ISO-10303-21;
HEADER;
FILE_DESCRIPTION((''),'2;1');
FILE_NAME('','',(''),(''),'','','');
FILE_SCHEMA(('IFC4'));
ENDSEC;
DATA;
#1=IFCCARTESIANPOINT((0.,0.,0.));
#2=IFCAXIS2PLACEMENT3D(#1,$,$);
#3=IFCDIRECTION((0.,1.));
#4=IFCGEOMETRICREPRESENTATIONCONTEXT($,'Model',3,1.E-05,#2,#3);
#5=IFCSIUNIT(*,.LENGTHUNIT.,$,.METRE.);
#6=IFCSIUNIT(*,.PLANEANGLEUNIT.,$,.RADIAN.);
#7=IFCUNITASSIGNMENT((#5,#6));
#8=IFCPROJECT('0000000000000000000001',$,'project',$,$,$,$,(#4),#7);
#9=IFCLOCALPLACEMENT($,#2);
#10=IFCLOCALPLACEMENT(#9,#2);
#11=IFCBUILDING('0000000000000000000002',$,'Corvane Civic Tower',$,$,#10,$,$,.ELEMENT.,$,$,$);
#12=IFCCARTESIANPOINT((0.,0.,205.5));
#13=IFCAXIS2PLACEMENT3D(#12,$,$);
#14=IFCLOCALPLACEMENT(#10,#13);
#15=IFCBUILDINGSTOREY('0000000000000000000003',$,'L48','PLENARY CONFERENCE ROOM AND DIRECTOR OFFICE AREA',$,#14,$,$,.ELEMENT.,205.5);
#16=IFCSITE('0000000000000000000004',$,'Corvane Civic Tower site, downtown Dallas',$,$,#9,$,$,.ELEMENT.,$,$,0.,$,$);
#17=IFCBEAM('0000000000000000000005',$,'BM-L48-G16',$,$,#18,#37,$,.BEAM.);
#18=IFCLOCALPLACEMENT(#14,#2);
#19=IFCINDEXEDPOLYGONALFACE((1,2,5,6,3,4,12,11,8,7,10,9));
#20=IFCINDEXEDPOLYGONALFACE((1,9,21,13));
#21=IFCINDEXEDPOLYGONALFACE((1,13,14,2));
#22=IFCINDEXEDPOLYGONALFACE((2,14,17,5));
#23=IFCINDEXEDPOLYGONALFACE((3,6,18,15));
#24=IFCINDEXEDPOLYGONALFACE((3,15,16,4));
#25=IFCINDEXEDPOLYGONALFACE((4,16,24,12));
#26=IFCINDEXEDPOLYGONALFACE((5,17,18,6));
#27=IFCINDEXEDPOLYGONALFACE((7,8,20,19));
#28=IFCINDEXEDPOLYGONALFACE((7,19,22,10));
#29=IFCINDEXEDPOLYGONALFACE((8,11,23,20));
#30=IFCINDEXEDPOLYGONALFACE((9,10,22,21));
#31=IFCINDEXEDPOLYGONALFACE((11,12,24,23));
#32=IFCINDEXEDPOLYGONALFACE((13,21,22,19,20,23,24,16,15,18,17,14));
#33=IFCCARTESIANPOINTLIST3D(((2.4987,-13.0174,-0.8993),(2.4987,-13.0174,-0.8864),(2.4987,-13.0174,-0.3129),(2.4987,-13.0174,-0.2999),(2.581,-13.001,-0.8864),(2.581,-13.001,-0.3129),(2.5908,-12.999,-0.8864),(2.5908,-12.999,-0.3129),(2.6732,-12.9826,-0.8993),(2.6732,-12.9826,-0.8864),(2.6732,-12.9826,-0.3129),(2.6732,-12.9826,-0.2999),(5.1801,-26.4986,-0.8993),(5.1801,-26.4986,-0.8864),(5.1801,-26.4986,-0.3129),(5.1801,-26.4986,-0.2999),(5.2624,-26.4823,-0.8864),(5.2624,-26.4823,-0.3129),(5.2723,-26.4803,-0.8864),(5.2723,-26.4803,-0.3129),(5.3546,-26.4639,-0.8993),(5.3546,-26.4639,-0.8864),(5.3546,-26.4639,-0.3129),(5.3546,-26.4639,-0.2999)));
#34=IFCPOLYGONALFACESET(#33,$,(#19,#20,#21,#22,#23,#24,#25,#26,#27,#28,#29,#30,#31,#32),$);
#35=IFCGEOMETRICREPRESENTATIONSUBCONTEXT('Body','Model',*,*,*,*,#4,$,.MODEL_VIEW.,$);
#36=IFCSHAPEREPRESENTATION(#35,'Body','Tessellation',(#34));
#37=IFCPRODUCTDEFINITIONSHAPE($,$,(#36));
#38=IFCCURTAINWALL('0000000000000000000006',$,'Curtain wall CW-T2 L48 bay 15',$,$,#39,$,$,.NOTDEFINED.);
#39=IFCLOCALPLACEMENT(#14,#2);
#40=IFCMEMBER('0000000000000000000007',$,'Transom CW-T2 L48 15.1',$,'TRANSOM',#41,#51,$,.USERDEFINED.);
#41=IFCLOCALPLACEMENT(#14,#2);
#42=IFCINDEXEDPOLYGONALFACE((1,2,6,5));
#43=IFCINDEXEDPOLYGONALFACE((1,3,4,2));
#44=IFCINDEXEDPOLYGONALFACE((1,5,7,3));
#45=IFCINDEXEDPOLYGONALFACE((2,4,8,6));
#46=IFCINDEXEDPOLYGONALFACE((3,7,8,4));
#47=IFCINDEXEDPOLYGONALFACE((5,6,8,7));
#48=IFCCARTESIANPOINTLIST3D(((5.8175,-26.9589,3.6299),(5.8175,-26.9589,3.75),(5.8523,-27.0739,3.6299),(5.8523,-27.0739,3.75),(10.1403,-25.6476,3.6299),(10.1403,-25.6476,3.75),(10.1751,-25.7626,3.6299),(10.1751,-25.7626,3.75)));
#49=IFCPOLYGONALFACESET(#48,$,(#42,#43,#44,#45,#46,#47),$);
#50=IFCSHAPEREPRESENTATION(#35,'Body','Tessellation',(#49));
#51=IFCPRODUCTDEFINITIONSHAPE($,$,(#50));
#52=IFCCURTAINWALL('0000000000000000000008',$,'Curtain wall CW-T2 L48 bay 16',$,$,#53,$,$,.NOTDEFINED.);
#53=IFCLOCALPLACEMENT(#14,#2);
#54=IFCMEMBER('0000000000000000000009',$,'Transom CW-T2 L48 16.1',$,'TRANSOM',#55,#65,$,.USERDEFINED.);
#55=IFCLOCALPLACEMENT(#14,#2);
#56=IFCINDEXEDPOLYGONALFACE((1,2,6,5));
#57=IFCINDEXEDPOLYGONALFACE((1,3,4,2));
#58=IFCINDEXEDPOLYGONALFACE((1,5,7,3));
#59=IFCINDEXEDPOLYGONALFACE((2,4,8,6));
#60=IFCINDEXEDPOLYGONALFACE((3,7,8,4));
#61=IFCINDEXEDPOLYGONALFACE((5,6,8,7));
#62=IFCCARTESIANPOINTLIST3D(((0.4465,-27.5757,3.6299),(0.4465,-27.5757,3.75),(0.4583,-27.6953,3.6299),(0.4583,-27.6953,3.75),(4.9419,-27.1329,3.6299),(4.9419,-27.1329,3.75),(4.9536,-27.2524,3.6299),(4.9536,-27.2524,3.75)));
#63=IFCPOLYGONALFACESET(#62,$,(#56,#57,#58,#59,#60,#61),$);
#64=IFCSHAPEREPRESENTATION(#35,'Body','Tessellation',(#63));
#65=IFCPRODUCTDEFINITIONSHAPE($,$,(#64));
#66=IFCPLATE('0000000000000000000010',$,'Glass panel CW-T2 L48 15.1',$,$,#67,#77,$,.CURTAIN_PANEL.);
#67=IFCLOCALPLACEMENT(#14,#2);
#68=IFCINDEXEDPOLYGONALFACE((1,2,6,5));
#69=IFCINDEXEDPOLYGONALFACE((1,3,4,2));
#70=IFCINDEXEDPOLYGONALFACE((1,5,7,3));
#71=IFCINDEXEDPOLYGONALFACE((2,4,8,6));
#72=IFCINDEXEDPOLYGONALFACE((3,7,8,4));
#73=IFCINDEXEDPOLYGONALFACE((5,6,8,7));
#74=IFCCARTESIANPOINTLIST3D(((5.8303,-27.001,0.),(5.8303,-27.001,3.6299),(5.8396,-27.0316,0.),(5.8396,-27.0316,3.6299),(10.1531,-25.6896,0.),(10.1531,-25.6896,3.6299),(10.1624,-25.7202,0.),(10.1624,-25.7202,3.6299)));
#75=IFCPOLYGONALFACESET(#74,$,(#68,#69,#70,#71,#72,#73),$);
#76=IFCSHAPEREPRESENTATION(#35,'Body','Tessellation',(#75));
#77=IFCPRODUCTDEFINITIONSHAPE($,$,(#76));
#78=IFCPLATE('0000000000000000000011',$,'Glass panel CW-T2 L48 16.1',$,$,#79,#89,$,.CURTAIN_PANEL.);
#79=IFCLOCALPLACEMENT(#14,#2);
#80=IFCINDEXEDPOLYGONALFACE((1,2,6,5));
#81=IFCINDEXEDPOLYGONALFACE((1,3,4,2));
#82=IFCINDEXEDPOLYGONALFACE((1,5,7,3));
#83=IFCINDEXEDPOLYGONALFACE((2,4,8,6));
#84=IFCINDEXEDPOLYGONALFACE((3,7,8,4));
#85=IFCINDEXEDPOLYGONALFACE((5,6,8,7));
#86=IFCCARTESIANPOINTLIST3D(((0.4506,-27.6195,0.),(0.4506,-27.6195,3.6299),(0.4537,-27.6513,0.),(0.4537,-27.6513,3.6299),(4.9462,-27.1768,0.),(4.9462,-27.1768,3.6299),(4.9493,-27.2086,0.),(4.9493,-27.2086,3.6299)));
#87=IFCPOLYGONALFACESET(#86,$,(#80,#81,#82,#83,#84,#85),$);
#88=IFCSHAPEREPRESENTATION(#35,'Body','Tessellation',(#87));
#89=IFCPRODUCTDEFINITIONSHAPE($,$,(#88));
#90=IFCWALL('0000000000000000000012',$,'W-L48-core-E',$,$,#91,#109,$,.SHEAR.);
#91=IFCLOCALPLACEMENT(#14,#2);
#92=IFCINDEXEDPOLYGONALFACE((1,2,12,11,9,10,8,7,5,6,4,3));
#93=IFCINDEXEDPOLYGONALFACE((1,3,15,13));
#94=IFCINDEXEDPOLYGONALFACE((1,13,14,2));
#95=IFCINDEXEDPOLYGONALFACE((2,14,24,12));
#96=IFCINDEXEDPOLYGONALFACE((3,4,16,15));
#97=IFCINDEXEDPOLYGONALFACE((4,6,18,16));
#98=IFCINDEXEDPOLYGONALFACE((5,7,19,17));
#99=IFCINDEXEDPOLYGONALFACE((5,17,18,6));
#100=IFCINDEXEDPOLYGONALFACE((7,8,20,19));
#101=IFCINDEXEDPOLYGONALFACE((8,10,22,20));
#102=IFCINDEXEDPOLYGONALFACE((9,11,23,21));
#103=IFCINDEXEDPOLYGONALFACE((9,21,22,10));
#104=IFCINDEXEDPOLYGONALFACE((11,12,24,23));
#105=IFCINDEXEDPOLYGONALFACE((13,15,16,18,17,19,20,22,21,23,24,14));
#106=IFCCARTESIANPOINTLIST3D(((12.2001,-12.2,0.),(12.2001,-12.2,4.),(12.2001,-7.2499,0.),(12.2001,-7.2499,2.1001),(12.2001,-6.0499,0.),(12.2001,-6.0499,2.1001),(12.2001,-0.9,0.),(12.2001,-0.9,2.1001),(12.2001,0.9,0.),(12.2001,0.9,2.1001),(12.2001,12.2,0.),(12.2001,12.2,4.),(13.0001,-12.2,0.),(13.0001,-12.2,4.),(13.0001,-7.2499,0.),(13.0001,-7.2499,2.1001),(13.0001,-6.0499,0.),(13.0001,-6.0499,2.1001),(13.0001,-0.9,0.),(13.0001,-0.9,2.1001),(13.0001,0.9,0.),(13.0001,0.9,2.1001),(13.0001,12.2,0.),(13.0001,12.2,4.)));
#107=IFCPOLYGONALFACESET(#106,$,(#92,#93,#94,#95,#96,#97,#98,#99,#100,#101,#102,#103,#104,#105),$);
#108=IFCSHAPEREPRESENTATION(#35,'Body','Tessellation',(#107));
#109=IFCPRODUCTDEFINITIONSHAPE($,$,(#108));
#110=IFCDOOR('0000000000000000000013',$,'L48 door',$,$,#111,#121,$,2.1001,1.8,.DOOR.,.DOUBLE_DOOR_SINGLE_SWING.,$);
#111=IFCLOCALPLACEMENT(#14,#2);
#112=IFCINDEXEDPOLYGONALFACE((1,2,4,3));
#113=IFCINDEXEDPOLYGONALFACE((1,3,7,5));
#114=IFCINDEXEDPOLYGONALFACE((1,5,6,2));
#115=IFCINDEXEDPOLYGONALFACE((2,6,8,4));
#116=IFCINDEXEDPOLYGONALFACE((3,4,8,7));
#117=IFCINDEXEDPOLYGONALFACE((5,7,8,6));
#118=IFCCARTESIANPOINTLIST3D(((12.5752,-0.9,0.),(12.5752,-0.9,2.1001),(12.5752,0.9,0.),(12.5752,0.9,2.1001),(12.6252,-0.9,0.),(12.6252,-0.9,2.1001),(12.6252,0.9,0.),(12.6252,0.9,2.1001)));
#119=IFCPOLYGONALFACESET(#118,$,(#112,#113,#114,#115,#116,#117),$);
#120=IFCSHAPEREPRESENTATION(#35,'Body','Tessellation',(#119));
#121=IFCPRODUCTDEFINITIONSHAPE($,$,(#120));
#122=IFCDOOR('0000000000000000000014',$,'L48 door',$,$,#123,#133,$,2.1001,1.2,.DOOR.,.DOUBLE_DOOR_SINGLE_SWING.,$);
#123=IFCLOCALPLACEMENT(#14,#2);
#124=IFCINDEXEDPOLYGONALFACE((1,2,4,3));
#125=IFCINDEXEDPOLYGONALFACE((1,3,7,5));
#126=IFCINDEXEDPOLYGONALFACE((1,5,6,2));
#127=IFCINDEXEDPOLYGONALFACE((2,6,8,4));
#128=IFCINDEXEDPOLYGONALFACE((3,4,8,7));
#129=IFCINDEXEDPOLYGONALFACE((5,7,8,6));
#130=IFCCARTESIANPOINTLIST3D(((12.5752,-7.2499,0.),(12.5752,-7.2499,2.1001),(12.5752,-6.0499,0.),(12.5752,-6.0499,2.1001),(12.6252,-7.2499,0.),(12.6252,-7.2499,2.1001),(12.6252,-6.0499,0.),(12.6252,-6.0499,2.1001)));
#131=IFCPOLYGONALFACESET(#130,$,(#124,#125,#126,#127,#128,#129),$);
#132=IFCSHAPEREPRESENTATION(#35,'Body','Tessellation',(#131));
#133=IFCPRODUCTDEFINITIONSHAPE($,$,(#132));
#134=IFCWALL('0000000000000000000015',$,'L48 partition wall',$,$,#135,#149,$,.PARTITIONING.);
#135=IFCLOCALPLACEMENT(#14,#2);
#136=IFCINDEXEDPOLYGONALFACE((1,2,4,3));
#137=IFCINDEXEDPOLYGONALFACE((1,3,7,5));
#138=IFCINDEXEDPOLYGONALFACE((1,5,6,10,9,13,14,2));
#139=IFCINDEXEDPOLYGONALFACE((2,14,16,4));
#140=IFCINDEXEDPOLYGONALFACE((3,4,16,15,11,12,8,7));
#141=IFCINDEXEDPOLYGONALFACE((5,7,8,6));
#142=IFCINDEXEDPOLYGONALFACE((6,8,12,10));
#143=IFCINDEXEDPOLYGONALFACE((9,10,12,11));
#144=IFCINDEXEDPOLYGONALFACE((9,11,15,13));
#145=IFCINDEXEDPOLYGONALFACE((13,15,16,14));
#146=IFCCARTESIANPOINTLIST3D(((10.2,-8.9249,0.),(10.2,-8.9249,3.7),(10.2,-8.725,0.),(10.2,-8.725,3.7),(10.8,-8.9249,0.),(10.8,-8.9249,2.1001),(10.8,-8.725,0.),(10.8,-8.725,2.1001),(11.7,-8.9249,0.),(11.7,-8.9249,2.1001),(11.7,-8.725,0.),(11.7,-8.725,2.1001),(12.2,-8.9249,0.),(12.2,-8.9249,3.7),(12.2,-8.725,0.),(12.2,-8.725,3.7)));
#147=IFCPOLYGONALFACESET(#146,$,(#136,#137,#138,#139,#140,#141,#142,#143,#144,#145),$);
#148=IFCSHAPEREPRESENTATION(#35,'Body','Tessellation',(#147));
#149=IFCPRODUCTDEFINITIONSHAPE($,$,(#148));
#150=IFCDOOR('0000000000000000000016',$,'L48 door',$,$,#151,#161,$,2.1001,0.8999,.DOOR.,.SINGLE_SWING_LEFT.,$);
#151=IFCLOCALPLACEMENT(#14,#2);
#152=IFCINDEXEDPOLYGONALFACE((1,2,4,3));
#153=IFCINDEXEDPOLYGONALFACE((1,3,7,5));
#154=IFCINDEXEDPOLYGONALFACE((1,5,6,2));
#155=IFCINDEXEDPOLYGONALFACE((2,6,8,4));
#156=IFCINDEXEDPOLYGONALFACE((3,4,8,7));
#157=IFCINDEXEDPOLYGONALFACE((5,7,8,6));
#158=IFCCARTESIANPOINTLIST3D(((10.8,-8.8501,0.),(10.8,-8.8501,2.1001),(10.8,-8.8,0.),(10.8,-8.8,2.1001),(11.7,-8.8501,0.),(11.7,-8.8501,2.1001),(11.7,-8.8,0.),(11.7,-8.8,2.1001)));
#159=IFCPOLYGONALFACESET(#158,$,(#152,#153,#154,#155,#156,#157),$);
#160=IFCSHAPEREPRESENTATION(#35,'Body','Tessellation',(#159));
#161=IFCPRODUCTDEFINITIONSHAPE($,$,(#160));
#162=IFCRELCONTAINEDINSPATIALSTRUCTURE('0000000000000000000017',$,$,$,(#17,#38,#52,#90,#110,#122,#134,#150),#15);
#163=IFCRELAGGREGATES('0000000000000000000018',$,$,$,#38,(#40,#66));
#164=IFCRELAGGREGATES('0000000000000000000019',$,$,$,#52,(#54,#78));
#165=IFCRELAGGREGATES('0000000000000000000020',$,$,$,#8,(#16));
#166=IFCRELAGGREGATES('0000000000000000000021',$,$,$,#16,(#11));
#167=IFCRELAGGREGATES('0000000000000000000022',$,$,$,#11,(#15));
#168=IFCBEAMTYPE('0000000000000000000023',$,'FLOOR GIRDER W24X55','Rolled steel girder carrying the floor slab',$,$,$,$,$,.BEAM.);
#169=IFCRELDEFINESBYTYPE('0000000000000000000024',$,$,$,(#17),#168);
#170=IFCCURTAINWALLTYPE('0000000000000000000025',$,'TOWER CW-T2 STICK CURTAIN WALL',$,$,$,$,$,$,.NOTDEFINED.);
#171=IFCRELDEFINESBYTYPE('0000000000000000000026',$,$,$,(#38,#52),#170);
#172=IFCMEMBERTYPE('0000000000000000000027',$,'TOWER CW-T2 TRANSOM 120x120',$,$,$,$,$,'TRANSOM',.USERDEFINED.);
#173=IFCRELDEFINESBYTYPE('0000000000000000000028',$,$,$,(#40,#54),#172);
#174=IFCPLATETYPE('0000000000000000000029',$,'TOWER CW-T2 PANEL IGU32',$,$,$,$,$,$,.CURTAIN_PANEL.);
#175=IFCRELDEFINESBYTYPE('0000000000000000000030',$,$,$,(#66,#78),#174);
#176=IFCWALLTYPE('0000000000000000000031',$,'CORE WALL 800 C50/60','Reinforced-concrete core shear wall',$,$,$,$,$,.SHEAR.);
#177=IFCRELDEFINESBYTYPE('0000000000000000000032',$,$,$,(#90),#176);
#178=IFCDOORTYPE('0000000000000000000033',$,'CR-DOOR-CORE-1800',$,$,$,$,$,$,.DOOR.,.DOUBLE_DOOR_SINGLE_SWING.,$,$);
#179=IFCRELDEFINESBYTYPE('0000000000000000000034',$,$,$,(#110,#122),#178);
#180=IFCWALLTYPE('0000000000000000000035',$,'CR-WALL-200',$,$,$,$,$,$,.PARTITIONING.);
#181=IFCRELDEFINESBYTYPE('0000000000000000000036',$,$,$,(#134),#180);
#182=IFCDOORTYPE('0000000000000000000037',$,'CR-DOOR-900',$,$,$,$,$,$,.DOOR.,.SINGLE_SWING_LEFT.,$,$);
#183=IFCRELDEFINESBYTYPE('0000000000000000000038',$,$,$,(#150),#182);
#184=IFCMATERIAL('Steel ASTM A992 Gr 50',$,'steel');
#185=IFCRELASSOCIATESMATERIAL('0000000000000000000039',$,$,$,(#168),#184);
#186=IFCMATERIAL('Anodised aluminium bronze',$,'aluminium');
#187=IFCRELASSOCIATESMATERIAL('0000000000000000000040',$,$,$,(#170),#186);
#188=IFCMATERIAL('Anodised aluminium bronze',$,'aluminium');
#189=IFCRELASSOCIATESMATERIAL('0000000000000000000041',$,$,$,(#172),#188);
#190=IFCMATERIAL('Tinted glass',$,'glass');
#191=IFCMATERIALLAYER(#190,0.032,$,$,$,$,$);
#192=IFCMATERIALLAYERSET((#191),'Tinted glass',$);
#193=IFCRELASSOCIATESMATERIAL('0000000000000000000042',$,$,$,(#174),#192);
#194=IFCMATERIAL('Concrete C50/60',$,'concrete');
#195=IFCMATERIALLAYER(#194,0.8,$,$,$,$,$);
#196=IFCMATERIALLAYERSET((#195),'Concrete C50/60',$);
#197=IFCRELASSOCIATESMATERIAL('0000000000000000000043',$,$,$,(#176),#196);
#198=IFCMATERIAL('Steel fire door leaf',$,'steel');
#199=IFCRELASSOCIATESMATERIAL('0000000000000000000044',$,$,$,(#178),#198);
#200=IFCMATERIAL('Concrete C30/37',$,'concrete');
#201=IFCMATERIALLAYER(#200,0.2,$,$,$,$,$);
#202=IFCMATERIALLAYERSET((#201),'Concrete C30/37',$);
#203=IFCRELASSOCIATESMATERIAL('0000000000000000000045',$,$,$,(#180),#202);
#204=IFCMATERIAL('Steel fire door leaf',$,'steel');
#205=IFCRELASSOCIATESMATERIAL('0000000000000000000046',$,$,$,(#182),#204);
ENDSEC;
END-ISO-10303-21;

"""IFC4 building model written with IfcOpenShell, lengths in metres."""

from ifc_helpers import new_model, si_unit, direction, frame, frame_2d, origin, origin_2d, place, context, subcontext, project, spatial, rectangle, i_section, extrude, material, layer, layer_set, material_profile, profile_set, type_object, element, fill, aggregate, save


model = new_model("IFC4")

# Units and contexts
model_context = context("Model", 3, precision=1e-05, world=origin(), true_north=direction((0.0, 1.0)))
body_context = subcontext(model_context, "Body", "Model", "MODEL_VIEW")
ifc_project = project(units=[si_unit("LENGTHUNIT", "METRE"), si_unit("PLANEANGLEUNIT", "RADIAN")], contexts=[model_context])

# Site, building, storey
site_placement = place(None, origin())
site = spatial("IfcSite", under=ifc_project, at=site_placement, Name="Corvane Civic Tower site, downtown Dallas", CompositionType="ELEMENT", RefElevation=0.0)
building_placement = place(site_placement, origin())
building = spatial("IfcBuilding", under=site, at=building_placement, Name="Corvane Civic Tower", CompositionType="ELEMENT")
storey_placement = place(building_placement, frame((0.0, 0.0, 205.5)))
storey = spatial("IfcBuildingStorey", under=building, at=storey_placement, Name="L48", Description="PLENARY CONFERENCE ROOM AND DIRECTOR OFFICE AREA", CompositionType="ELEMENT", Elevation=205.5)

# Beam
ifc_material_1 = material(Name="Steel ASTM A992 Gr 50", Category="steel")
ifc_material_profile_1 = material_profile(ifc_material_1, i_section(OverallWidth=0.178, OverallDepth=0.5994, WebThickness=0.01, FlangeThickness=0.0129, at=origin_2d()), Name="W24X55")
ifc_profile_set_1 = profile_set([ifc_material_profile_1], Name="Steel ASTM A992 Gr 50")
beam_type_1 = type_object("IfcBeamType", Name="FLOOR GIRDER W24X55", Description="Rolled steel girder carrying the floor slab", PredefinedType="BEAM", material=ifc_profile_set_1)
beam_1_placement = place(storey_placement, frame((2.5859, -13.0, -0.5996), z_axis=(0.195078, -0.980788, 0.0), x_axis=(0.980788, 0.195078, 0.0)))
element("IfcBeam", 1, at=beam_1_placement, inside=storey, type_object=beam_type_1, Name="BM-L48-G16", PredefinedType="BEAM", context=body_context, shape_type="SweptSolid", body=[
    extrude(i_section(OverallWidth=0.178, OverallDepth=0.5994, WebThickness=0.01, FlangeThickness=0.0129, at=origin_2d()), origin(), (0.0, 0.0, 1.0), 13.7454),
])

# Curtain walls, members
ifc_material_2 = material(Name="Anodised aluminium bronze", Category="aluminium")
curtain_wall_type = type_object("IfcCurtainWallType", Name="TOWER CW-T2 STICK CURTAIN WALL", PredefinedType="NOTDEFINED", material=ifc_material_2)
curtain_wall_1_placement = place(storey_placement, origin())
curtain_wall_1 = element("IfcCurtainWall", 2, at=curtain_wall_1_placement, inside=storey, type_object=curtain_wall_type, Name="Curtain wall CW-T2 L48 bay 15", PredefinedType="NOTDEFINED")
ifc_material_3 = material(Name="Anodised aluminium bronze", Category="aluminium")
ifc_material_profile_2 = material_profile(ifc_material_3, rectangle(XDim=0.1201, YDim=0.1201, at=origin_2d()), Name="TOWER CW-T2 TRANSOM 120x120")
ifc_profile_set_2 = profile_set([ifc_material_profile_2], Name="Anodised aluminium bronze")
member_type = type_object("IfcMemberType", Name="TOWER CW-T2 TRANSOM 120x120", ElementType="TRANSOM", PredefinedType="USERDEFINED", material=ifc_profile_set_2)
member_1_placement = place(storey_placement, frame((10.1577, -25.7051, 3.6899), z_axis=(-0.956941, -0.290282, 0.0), x_axis=(0.290282, -0.956941, 0.0)))
member_1 = element("IfcMember", 3, at=member_1_placement, type_object=member_type, Name="Transom CW-T2 L48 15.1", ObjectType="TRANSOM", PredefinedType="USERDEFINED", context=body_context, shape_type="SweptSolid", body=[
    extrude(rectangle(XDim=0.1201, YDim=0.1201, at=origin_2d()), origin(), (0.0, 0.0, 1.0), 4.5173),
])
curtain_wall_2_placement = place(storey_placement, origin())
curtain_wall_2 = element("IfcCurtainWall", 4, at=curtain_wall_2_placement, inside=storey, type_object=curtain_wall_type, Name="Curtain wall CW-T2 L48 bay 16", PredefinedType="NOTDEFINED")
member_2_placement = place(storey_placement, frame((4.9478, -27.1926, 3.6899), z_axis=(-0.995182, -0.098043, 0.0), x_axis=(0.098043, -0.995182, 0.0)))
member_2 = element("IfcMember", 5, at=member_2_placement, type_object=member_type, Name="Transom CW-T2 L48 16.1", ObjectType="TRANSOM", PredefinedType="USERDEFINED", context=body_context, shape_type="SweptSolid", body=[
    extrude(rectangle(XDim=0.1201, YDim=0.1201, at=origin_2d()), origin(), (0.0, 0.0, 1.0), 4.5171),
])

# Plates
ifc_material_4 = material(Name="Tinted glass", Category="glass")
ifc_layer_1 = layer(ifc_material_4, 0.032)
ifc_layer_set_1 = layer_set([ifc_layer_1], Name="Tinted glass")
plate_type = type_object("IfcPlateType", Name="TOWER CW-T2 PANEL IGU32", PredefinedType="CURTAIN_PANEL", material=ifc_layer_set_1)
plate_1_placement = place(storey_placement, frame((7.9963, -26.3606, 0.0), z_axis=(0.0, 0.0, 1.0), x_axis=(-0.956939, -0.29029, 0.0)))
plate_1 = element("IfcPlate", 6, at=plate_1_placement, type_object=plate_type, Name="Glass panel CW-T2 L48 15.1", PredefinedType="CURTAIN_PANEL", context=body_context, shape_type="SweptSolid", body=[
    extrude(rectangle(XDim=4.5173, YDim=0.032, at=origin_2d()), origin(), (0.0, 0.0, 1.0), 3.6299),
])
aggregate(curtain_wall_1, [member_1, plate_1])
plate_2_placement = place(storey_placement, frame((2.7, -27.4141, 0.0), z_axis=(0.0, 0.0, 1.0), x_axis=(-0.995187, -0.097993, 0.0)))
plate_2 = element("IfcPlate", 7, at=plate_2_placement, type_object=plate_type, Name="Glass panel CW-T2 L48 16.1", PredefinedType="CURTAIN_PANEL", context=body_context, shape_type="SweptSolid", body=[
    extrude(rectangle(XDim=4.5173, YDim=0.032, at=origin_2d()), origin(), (0.0, 0.0, 1.0), 3.6299),
])
aggregate(curtain_wall_2, [member_2, plate_2])

# Wall, openings, doors
ifc_material_5 = material(Name="Concrete C50/60", Category="concrete")
ifc_layer_2 = layer(ifc_material_5, 0.8)
ifc_layer_set_2 = layer_set([ifc_layer_2], Name="Concrete C50/60")
wall_type_1 = type_object("IfcWallType", Name="CORE WALL 800 C50/60", Description="Reinforced-concrete core shear wall", PredefinedType="SHEAR", material=ifc_layer_set_2)
wall_1_placement = place(storey_placement, frame((12.6001, -12.2, 0.0), z_axis=(0.0, 0.0, 1.0), x_axis=(0.0, 1.0, 0.0)))
wall_1 = element("IfcWall", 8, at=wall_1_placement, inside=storey, type_object=wall_type_1, Name="W-L48-core-E", PredefinedType="SHEAR", context=body_context, shape_type="SweptSolid", body=[
    extrude(rectangle(XDim=24.3999, YDim=0.8, at=frame_2d((12.2, 0.0))), origin(), (0.0, 0.0, 1.0), 4.0),
])
opening_1_placement = place(wall_1_placement, frame((11.3, 0.0, 0.0)))
opening_1 = element("IfcOpeningElement", 9, at=opening_1_placement, cuts=wall_1, PredefinedType="OPENING", context=body_context, shape_type="SweptSolid", body=[
    extrude(rectangle(XDim=1.8, YDim=2.1001, at=frame_2d((0.8999, 1.05))), frame((0.0, 0.4099, 0.0), z_axis=(0.0, -1.0, 0.0), x_axis=(1.0, 0.0, 0.0)), (0.0, 0.0, 1.0), 0.8201),
])
opening_2_placement = place(wall_1_placement, frame((4.95, 0.0, 0.0)))
opening_2 = element("IfcOpeningElement", 10, at=opening_2_placement, cuts=wall_1, PredefinedType="OPENING", context=body_context, shape_type="SweptSolid", body=[
    extrude(rectangle(XDim=1.2, YDim=2.1001, at=frame_2d((0.6001, 1.05))), frame((0.0, 0.4099, 0.0), z_axis=(0.0, -1.0, 0.0), x_axis=(1.0, 0.0, 0.0)), (0.0, 0.0, 1.0), 0.8201),
])
ifc_material_6 = material(Name="Steel fire door leaf", Category="steel")
door_type_1 = type_object("IfcDoorType", Name="CR-DOOR-CORE-1800", OperationType="DOUBLE_DOOR_SINGLE_SWING", PredefinedType="DOOR", material=ifc_material_6)
door_1_placement = place(opening_1_placement, origin())
door_1 = element("IfcDoor", 11, at=door_1_placement, inside=storey, type_object=door_type_1, Name="L48 door", OperationType="DOUBLE_DOOR_SINGLE_SWING", OverallHeight=2.1001, OverallWidth=1.8, PredefinedType="DOOR", context=body_context, shape_type="SweptSolid", body=[
    extrude(rectangle(XDim=1.8, YDim=2.1001, at=frame_2d((0.8999, 1.05))), frame((0.0, 0.0249, 0.0), z_axis=(0.0, -1.0, 0.0), x_axis=(1.0, 0.0, 0.0)), (0.0, 0.0, 1.0), 0.05),
])
fill(opening_1, door_1)
door_2_placement = place(opening_2_placement, origin())
door_2 = element("IfcDoor", 12, at=door_2_placement, inside=storey, type_object=door_type_1, Name="L48 door", OperationType="DOUBLE_DOOR_SINGLE_SWING", OverallHeight=2.1001, OverallWidth=1.2, PredefinedType="DOOR", context=body_context, shape_type="SweptSolid", body=[
    extrude(rectangle(XDim=1.2, YDim=2.1001, at=frame_2d((0.6001, 1.05))), frame((0.0, 0.0249, 0.0), z_axis=(0.0, -1.0, 0.0), x_axis=(1.0, 0.0, 0.0)), (0.0, 0.0, 1.0), 0.05),
])
fill(opening_2, door_2)

# Wall, opening, door
ifc_material_7 = material(Name="Concrete C30/37", Category="concrete")
ifc_layer_3 = layer(ifc_material_7, 0.2)
ifc_layer_set_3 = layer_set([ifc_layer_3], Name="Concrete C30/37")
wall_type_2 = type_object("IfcWallType", Name="CR-WALL-200", PredefinedType="PARTITIONING", material=ifc_layer_set_3)
wall_2_placement = place(storey_placement, frame((10.2, -8.825, 0.0), z_axis=(0.0, 0.0, 1.0), x_axis=(1.0, 0.0, 0.0)))
wall_2 = element("IfcWall", 13, at=wall_2_placement, inside=storey, type_object=wall_type_2, Name="L48 partition wall", PredefinedType="PARTITIONING", context=body_context, shape_type="SweptSolid", body=[
    extrude(rectangle(XDim=2.0, YDim=0.2, at=frame_2d((1.0, 0.0))), origin(), (0.0, 0.0, 1.0), 3.7),
])
opening_3_placement = place(wall_2_placement, frame((0.6001, 0.0, 0.0)))
opening_3 = element("IfcOpeningElement", 14, at=opening_3_placement, cuts=wall_2, PredefinedType="OPENING", context=body_context, shape_type="SweptSolid", body=[
    extrude(rectangle(XDim=0.8999, YDim=2.1001, at=frame_2d((0.45, 1.05))), frame((0.0, 0.1099, 0.0), z_axis=(0.0, -1.0, 0.0), x_axis=(1.0, 0.0, 0.0)), (0.0, 0.0, 1.0), 0.22),
])
ifc_material_8 = material(Name="Steel fire door leaf", Category="steel")
door_type_2 = type_object("IfcDoorType", Name="CR-DOOR-900", OperationType="SINGLE_SWING_LEFT", PredefinedType="DOOR", material=ifc_material_8)
door_3_placement = place(opening_3_placement, origin())
door_3 = element("IfcDoor", 15, at=door_3_placement, inside=storey, type_object=door_type_2, Name="L48 door", OperationType="SINGLE_SWING_LEFT", OverallHeight=2.1001, OverallWidth=0.8999, PredefinedType="DOOR", context=body_context, shape_type="SweptSolid", body=[
    extrude(rectangle(XDim=0.8999, YDim=2.1001, at=frame_2d((0.45, 1.05))), frame((0.0, 0.0249, 0.0), z_axis=(0.0, -1.0, 0.0), x_axis=(1.0, 0.0, 0.0)), (0.0, 0.0, 1.0), 0.05),
])
fill(opening_3, door_3)

save(model, "model.ifc")
